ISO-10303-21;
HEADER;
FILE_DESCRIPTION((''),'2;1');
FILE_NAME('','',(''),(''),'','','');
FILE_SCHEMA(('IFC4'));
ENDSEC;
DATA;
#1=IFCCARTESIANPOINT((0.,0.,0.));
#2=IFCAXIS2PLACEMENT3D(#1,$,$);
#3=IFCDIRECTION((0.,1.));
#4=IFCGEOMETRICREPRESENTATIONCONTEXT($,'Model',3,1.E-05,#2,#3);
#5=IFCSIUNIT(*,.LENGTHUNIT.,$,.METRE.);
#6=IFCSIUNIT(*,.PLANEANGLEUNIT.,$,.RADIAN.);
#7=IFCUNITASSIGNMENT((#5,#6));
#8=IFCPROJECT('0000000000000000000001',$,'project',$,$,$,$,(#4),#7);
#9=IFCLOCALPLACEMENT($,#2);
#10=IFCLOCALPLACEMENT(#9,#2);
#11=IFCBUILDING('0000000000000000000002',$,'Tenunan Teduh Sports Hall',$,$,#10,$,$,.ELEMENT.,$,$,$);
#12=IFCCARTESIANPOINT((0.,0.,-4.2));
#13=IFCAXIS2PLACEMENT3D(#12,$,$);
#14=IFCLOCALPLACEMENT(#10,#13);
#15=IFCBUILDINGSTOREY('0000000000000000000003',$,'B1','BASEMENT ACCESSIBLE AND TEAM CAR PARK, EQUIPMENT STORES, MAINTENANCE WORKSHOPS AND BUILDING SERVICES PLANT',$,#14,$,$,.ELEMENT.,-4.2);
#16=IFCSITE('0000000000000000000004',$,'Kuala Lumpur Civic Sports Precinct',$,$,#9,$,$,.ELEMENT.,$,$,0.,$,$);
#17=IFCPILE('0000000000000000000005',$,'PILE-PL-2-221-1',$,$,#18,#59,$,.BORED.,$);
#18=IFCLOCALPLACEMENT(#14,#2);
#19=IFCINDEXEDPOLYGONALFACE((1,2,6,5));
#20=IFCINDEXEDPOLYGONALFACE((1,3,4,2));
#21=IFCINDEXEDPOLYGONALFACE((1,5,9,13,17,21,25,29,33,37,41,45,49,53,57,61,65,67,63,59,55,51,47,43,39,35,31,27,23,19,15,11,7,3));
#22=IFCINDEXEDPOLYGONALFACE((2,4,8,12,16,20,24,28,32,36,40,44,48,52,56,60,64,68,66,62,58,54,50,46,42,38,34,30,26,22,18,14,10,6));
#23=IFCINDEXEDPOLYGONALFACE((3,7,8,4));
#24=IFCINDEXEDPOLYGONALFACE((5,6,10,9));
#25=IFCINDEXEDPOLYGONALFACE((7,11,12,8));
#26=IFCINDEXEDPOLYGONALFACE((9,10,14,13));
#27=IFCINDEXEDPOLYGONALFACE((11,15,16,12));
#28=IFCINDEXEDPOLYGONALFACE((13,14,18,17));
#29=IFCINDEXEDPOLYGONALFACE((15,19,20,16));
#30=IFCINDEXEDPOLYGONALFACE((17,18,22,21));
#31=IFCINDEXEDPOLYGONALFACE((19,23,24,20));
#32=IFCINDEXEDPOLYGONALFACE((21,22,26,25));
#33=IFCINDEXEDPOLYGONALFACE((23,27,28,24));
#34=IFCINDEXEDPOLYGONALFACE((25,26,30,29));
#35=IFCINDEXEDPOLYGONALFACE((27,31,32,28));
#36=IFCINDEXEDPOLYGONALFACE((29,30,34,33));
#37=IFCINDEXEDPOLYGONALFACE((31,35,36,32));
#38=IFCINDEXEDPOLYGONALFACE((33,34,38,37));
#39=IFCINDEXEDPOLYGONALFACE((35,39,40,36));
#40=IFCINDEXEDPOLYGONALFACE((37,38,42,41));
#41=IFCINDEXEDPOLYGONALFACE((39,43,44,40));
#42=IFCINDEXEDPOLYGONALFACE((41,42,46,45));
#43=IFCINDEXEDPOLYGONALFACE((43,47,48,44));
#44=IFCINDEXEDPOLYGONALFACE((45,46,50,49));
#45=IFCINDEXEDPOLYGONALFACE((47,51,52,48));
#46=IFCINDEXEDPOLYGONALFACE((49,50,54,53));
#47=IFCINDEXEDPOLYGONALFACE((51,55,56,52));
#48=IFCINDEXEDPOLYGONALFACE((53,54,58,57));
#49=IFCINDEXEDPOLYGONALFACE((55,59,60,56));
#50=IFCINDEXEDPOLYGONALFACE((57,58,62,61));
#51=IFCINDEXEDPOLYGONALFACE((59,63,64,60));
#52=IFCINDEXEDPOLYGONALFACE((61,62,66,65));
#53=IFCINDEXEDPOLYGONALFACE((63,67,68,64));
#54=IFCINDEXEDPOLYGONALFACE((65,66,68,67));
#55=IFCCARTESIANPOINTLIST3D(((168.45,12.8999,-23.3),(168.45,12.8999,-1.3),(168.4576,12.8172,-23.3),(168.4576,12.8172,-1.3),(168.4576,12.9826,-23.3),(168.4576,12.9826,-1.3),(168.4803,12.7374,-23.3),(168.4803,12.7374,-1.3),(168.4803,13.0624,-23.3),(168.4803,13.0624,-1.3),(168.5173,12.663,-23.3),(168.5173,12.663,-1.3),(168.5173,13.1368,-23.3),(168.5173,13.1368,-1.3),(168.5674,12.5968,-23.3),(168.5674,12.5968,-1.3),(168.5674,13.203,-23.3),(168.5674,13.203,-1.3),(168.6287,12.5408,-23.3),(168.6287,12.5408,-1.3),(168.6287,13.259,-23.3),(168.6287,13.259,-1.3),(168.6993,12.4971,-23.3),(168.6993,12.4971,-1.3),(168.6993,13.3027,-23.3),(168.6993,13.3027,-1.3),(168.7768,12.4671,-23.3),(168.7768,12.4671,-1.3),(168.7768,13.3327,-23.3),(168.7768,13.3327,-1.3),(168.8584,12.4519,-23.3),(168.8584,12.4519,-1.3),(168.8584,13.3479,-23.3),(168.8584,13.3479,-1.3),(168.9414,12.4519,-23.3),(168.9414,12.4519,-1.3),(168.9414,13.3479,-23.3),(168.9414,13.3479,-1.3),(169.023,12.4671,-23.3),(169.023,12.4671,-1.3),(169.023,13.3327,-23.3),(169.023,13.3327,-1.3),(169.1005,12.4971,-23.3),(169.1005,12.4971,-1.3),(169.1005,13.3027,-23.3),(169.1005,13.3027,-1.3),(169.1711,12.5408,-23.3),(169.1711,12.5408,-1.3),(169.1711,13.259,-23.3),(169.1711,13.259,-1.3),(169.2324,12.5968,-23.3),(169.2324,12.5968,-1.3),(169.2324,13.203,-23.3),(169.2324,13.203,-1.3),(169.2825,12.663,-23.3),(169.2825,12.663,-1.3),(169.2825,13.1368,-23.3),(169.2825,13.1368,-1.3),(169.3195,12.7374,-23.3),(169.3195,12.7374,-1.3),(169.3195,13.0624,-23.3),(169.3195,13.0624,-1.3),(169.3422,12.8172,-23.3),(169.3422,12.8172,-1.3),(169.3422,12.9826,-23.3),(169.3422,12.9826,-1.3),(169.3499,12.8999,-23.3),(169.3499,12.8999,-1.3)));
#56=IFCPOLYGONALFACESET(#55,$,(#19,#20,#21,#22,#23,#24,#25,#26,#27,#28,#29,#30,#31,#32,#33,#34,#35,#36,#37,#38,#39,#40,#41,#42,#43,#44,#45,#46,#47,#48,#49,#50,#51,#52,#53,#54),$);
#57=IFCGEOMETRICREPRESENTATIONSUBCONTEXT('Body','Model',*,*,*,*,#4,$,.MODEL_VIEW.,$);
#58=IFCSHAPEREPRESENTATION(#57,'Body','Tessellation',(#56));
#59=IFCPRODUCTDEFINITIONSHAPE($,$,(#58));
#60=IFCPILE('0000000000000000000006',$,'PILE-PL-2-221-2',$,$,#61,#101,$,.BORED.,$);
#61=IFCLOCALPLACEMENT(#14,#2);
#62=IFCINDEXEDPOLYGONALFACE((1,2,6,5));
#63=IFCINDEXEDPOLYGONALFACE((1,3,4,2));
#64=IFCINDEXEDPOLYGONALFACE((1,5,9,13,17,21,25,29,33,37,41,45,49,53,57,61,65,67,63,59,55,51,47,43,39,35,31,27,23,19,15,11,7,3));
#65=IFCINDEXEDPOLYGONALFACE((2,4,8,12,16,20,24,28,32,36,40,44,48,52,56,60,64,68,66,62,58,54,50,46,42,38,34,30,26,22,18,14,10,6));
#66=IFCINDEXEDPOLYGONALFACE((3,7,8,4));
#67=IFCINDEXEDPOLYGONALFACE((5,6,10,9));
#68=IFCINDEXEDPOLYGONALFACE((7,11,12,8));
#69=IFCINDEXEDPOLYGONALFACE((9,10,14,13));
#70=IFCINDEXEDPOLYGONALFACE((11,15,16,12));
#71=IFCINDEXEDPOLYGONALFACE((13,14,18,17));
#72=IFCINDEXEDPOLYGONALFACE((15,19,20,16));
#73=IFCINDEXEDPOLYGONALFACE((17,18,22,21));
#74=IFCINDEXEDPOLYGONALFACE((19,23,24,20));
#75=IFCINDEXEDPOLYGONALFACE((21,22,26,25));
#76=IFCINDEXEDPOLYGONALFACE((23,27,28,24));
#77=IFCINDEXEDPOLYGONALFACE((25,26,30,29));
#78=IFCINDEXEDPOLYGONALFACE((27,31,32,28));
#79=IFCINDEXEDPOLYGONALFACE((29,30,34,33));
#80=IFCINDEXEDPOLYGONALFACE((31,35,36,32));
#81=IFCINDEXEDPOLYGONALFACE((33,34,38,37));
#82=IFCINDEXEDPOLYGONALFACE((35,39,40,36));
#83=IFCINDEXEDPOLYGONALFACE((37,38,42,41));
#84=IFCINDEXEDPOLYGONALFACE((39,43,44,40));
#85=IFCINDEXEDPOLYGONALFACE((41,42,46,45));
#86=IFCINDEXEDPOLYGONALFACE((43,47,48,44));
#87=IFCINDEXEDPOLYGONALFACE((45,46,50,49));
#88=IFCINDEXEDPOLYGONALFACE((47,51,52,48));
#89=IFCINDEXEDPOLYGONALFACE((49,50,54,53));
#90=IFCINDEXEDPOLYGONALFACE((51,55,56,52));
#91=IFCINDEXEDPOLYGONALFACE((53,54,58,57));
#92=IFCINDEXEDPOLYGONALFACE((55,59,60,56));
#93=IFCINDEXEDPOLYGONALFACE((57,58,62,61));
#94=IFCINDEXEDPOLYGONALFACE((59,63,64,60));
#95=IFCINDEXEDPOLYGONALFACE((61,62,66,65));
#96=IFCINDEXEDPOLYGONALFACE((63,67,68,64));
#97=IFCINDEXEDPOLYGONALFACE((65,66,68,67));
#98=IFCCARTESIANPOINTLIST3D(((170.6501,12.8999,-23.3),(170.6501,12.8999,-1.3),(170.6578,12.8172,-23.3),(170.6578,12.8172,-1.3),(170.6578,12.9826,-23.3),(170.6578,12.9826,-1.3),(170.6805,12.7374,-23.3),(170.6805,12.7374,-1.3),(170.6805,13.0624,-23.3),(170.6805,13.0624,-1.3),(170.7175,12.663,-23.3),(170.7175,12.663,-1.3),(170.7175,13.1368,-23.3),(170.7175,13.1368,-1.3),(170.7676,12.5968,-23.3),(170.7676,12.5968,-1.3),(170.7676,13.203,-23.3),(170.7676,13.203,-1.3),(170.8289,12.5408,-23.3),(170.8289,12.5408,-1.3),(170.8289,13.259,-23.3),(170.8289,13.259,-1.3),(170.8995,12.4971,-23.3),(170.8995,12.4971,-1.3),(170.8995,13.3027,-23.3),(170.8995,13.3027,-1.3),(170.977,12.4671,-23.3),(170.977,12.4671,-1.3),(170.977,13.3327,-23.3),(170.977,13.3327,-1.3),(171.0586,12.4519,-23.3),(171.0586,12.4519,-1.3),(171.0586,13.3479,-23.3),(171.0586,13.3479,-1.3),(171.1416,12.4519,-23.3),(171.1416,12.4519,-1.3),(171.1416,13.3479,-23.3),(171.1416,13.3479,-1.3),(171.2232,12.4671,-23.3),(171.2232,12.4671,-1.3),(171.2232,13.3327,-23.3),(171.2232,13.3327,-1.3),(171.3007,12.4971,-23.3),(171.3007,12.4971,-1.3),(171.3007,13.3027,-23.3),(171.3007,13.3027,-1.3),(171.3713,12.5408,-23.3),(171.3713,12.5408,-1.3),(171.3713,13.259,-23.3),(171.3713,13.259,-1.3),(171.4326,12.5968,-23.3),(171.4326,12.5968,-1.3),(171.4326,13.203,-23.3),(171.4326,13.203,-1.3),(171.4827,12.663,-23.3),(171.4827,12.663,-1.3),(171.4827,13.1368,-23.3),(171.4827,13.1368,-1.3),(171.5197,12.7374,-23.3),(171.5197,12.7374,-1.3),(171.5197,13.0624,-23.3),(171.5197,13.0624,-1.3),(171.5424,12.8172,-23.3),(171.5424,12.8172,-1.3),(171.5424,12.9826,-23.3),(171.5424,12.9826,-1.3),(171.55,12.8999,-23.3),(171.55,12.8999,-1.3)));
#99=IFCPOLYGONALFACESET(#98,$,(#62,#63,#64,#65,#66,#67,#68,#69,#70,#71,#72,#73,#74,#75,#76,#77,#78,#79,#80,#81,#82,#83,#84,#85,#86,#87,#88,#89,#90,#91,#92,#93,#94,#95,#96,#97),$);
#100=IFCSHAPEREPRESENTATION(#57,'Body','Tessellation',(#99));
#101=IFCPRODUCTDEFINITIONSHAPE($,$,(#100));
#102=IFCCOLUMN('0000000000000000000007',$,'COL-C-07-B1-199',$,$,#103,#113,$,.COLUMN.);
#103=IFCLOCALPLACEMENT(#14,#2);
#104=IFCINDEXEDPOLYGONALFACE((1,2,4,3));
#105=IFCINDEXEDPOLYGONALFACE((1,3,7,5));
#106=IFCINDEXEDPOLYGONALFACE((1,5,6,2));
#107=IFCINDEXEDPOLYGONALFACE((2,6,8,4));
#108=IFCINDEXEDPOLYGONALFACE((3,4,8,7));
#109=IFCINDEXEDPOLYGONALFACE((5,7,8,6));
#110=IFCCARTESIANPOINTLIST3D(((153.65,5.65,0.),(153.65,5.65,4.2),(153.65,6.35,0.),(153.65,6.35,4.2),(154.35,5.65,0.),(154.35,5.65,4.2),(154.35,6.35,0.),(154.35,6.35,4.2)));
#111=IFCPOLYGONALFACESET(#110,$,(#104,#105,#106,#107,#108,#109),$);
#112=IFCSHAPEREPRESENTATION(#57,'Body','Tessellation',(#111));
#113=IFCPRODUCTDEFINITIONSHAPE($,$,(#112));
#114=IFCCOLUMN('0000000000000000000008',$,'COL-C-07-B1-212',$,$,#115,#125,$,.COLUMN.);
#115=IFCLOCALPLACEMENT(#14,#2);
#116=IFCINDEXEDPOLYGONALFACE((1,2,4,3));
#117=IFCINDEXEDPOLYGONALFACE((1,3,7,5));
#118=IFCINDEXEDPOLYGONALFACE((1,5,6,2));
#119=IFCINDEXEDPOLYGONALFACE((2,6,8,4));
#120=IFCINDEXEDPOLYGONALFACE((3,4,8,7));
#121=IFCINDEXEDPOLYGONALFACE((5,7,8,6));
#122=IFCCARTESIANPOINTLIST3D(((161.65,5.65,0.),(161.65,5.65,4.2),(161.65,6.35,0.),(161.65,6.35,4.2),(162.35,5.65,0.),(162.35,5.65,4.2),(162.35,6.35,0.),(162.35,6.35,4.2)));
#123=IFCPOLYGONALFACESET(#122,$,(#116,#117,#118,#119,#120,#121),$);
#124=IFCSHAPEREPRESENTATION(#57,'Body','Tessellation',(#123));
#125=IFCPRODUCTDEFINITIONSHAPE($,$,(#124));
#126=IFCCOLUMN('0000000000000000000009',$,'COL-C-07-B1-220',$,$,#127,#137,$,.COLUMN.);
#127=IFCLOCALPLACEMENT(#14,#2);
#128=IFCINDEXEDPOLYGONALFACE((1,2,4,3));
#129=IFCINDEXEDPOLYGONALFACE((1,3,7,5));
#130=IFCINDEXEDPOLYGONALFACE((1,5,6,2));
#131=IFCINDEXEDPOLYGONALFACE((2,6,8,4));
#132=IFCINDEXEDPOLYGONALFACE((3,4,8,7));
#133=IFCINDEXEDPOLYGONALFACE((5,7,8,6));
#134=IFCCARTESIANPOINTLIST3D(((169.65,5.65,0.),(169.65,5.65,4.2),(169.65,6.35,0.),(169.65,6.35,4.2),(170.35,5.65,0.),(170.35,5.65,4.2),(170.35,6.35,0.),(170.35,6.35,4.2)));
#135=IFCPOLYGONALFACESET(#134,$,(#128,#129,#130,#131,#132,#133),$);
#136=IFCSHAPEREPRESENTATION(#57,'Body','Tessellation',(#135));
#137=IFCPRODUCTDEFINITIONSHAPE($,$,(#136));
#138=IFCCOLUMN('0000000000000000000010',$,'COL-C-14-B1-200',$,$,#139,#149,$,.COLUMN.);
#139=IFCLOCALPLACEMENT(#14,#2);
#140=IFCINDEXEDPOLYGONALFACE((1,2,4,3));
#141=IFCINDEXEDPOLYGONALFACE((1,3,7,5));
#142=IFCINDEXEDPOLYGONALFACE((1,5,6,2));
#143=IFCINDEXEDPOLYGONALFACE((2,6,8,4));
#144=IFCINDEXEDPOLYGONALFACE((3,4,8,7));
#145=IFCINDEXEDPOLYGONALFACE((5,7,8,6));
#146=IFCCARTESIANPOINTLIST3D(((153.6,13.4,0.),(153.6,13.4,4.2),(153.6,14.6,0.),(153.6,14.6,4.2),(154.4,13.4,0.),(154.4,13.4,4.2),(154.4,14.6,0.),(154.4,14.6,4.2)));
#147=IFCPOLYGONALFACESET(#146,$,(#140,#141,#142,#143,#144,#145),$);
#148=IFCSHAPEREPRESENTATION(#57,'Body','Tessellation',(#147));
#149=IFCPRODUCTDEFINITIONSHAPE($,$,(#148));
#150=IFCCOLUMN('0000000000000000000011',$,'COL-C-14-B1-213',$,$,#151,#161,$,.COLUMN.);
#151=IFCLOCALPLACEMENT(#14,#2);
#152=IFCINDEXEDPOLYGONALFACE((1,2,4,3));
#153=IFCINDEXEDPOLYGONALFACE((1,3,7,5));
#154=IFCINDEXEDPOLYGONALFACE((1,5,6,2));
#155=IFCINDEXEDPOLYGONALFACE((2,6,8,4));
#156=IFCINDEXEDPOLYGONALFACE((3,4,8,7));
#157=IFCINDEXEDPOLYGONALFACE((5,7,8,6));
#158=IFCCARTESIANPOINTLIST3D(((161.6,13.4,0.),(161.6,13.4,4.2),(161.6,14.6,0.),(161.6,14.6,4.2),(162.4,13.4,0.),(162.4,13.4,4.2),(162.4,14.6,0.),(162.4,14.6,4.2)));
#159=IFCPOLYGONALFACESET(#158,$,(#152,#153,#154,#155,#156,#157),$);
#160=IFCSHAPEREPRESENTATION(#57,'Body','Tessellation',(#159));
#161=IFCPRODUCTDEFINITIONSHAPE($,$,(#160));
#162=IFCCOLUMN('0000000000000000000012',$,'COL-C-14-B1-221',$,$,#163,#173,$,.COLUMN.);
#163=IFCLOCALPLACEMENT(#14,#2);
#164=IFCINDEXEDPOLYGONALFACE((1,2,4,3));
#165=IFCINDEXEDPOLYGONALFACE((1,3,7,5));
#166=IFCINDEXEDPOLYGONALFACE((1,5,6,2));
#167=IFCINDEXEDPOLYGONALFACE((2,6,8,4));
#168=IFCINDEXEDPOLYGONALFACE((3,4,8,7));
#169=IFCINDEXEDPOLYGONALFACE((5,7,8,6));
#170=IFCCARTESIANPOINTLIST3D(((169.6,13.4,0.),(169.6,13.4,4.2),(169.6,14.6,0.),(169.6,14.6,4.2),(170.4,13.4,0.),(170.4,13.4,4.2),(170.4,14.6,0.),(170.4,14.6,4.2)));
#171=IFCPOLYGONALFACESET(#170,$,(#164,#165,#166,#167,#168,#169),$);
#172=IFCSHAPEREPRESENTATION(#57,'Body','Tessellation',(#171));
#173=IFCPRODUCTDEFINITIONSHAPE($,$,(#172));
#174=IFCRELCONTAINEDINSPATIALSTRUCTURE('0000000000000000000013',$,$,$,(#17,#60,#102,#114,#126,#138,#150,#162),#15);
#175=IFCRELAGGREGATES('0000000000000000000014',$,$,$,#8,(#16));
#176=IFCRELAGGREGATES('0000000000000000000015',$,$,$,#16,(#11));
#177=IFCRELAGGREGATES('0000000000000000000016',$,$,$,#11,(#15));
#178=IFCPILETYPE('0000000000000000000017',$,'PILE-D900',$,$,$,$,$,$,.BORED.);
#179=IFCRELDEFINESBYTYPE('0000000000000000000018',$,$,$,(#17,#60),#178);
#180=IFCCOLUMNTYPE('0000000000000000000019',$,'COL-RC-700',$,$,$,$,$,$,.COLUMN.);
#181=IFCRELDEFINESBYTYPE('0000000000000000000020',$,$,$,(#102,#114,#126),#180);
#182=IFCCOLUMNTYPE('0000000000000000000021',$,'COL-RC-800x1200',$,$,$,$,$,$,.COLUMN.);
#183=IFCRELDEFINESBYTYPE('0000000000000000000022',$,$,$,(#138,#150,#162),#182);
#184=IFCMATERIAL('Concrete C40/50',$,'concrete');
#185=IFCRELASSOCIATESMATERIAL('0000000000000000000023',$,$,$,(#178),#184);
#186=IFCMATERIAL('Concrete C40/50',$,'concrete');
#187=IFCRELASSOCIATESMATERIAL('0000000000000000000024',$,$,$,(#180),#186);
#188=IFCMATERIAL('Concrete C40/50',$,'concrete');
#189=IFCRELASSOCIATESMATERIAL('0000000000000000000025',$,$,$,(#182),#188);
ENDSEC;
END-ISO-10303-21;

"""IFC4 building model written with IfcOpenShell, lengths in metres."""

from ifc_helpers import new_model, si_unit, direction, frame, origin, origin_2d, place, context, subcontext, project, spatial, rectangle, circle, extrude, material, material_profile, profile_set, type_object, element, save


model = new_model("IFC4")

# Units and contexts
model_context = context("Model", 3, precision=1e-05, world=origin(), true_north=direction((0.0, 1.0)))
body_context = subcontext(model_context, "Body", "Model", "MODEL_VIEW")
ifc_project = project(units=[si_unit("LENGTHUNIT", "METRE"), si_unit("PLANEANGLEUNIT", "RADIAN")], contexts=[model_context])

# Site, building, storey
site_placement = place(None, origin())
site = spatial("IfcSite", under=ifc_project, at=site_placement, Name="Kuala Lumpur Civic Sports Precinct", CompositionType="ELEMENT", RefElevation=0.0)
building_placement = place(site_placement, origin())
building = spatial("IfcBuilding", under=site, at=building_placement, Name="Tenunan Teduh Sports Hall", CompositionType="ELEMENT")
storey_placement = place(building_placement, frame((0.0, 0.0, -4.2)))
storey = spatial("IfcBuildingStorey", under=building, at=storey_placement, Name="B1", Description="BASEMENT ACCESSIBLE AND TEAM CAR PARK, EQUIPMENT STORES, MAINTENANCE WORKSHOPS AND BUILDING SERVICES PLANT", CompositionType="ELEMENT", Elevation=-4.2)

# Piles
ifc_material_1 = material(Name="Concrete C40/50", Category="concrete")
ifc_material_profile_1 = material_profile(ifc_material_1, circle(Radius=0.45, at=origin_2d()), Name="PILE D900")
ifc_profile_set_1 = profile_set([ifc_material_profile_1], Name="Concrete C40/50")
pile_type_1 = type_object("IfcPileType", Name="PILE-D900", PredefinedType="BORED", material=ifc_profile_set_1)
for number, where, z_axis, x_axis, name in (
    (1, (168.8999, 12.8999, -1.3), (0.0, 0.0, -1.0), (1.0, 0.0, 0.0), "PILE-PL-2-221-1"),
    (2, (171.1001, 12.8999, -1.3), (0.0, 0.0, -1.0), (1.0, 0.0, 0.0), "PILE-PL-2-221-2"),
):
    element("IfcPile", number, at=place(storey_placement, frame(where, z_axis=z_axis, x_axis=x_axis)), inside=storey, type_object=pile_type_1, Name=name, PredefinedType="BORED", context=body_context, shape_type="SweptSolid", body=[
        extrude(circle(Radius=0.45, at=origin_2d()), origin(), (0.0, 0.0, 1.0), 22.0),
    ])

# Columns
ifc_material_2 = material(Name="Concrete C40/50", Category="concrete")
ifc_material_profile_2 = material_profile(ifc_material_2, rectangle(XDim=0.7, YDim=0.7, at=origin_2d()), Name="RC 700x700")
ifc_profile_set_2 = profile_set([ifc_material_profile_2], Name="Concrete C40/50")
column_type_1 = type_object("IfcColumnType", Name="COL-RC-700", PredefinedType="COLUMN", material=ifc_profile_set_2)
for number, where, z_axis, x_axis, name in (
    (3, (154.0, 6.0, 0.0), (0.0, 0.0, 1.0), (1.0, 0.0, 0.0), "COL-C-07-B1-199"),
    (4, (162.0, 6.0, 0.0), (0.0, 0.0, 1.0), (1.0, 0.0, 0.0), "COL-C-07-B1-212"),
    (5, (170.0, 6.0, 0.0), (0.0, 0.0, 1.0), (1.0, 0.0, 0.0), "COL-C-07-B1-220"),
):
    element("IfcColumn", number, at=place(storey_placement, frame(where, z_axis=z_axis, x_axis=x_axis)), inside=storey, type_object=column_type_1, Name=name, PredefinedType="COLUMN", context=body_context, shape_type="SweptSolid", body=[
        extrude(rectangle(XDim=0.7, YDim=0.7, at=origin_2d()), origin(), (0.0, 0.0, 1.0), 4.2),
    ])
ifc_material_3 = material(Name="Concrete C40/50", Category="concrete")
ifc_material_profile_3 = material_profile(ifc_material_3, rectangle(XDim=0.8, YDim=1.2, at=origin_2d()), Name="RC 800x1200")
ifc_profile_set_3 = profile_set([ifc_material_profile_3], Name="Concrete C40/50")
column_type_2 = type_object("IfcColumnType", Name="COL-RC-800x1200", PredefinedType="COLUMN", material=ifc_profile_set_3)
for number, where, z_axis, x_axis, name in (
    (6, (154.0, 14.0, 0.0), (0.0, 0.0, 1.0), (1.0, 0.0, 0.0), "COL-C-14-B1-200"),
    (7, (162.0, 14.0, 0.0), (0.0, 0.0, 1.0), (1.0, 0.0, 0.0), "COL-C-14-B1-213"),
    (8, (170.0, 14.0, 0.0), (0.0, 0.0, 1.0), (1.0, 0.0, 0.0), "COL-C-14-B1-221"),
):
    element("IfcColumn", number, at=place(storey_placement, frame(where, z_axis=z_axis, x_axis=x_axis)), inside=storey, type_object=column_type_2, Name=name, PredefinedType="COLUMN", context=body_context, shape_type="SweptSolid", body=[
        extrude(rectangle(XDim=0.8, YDim=1.2, at=origin_2d()), origin(), (0.0, 0.0, 1.0), 4.2),
    ])

save(model, "model.ifc")
